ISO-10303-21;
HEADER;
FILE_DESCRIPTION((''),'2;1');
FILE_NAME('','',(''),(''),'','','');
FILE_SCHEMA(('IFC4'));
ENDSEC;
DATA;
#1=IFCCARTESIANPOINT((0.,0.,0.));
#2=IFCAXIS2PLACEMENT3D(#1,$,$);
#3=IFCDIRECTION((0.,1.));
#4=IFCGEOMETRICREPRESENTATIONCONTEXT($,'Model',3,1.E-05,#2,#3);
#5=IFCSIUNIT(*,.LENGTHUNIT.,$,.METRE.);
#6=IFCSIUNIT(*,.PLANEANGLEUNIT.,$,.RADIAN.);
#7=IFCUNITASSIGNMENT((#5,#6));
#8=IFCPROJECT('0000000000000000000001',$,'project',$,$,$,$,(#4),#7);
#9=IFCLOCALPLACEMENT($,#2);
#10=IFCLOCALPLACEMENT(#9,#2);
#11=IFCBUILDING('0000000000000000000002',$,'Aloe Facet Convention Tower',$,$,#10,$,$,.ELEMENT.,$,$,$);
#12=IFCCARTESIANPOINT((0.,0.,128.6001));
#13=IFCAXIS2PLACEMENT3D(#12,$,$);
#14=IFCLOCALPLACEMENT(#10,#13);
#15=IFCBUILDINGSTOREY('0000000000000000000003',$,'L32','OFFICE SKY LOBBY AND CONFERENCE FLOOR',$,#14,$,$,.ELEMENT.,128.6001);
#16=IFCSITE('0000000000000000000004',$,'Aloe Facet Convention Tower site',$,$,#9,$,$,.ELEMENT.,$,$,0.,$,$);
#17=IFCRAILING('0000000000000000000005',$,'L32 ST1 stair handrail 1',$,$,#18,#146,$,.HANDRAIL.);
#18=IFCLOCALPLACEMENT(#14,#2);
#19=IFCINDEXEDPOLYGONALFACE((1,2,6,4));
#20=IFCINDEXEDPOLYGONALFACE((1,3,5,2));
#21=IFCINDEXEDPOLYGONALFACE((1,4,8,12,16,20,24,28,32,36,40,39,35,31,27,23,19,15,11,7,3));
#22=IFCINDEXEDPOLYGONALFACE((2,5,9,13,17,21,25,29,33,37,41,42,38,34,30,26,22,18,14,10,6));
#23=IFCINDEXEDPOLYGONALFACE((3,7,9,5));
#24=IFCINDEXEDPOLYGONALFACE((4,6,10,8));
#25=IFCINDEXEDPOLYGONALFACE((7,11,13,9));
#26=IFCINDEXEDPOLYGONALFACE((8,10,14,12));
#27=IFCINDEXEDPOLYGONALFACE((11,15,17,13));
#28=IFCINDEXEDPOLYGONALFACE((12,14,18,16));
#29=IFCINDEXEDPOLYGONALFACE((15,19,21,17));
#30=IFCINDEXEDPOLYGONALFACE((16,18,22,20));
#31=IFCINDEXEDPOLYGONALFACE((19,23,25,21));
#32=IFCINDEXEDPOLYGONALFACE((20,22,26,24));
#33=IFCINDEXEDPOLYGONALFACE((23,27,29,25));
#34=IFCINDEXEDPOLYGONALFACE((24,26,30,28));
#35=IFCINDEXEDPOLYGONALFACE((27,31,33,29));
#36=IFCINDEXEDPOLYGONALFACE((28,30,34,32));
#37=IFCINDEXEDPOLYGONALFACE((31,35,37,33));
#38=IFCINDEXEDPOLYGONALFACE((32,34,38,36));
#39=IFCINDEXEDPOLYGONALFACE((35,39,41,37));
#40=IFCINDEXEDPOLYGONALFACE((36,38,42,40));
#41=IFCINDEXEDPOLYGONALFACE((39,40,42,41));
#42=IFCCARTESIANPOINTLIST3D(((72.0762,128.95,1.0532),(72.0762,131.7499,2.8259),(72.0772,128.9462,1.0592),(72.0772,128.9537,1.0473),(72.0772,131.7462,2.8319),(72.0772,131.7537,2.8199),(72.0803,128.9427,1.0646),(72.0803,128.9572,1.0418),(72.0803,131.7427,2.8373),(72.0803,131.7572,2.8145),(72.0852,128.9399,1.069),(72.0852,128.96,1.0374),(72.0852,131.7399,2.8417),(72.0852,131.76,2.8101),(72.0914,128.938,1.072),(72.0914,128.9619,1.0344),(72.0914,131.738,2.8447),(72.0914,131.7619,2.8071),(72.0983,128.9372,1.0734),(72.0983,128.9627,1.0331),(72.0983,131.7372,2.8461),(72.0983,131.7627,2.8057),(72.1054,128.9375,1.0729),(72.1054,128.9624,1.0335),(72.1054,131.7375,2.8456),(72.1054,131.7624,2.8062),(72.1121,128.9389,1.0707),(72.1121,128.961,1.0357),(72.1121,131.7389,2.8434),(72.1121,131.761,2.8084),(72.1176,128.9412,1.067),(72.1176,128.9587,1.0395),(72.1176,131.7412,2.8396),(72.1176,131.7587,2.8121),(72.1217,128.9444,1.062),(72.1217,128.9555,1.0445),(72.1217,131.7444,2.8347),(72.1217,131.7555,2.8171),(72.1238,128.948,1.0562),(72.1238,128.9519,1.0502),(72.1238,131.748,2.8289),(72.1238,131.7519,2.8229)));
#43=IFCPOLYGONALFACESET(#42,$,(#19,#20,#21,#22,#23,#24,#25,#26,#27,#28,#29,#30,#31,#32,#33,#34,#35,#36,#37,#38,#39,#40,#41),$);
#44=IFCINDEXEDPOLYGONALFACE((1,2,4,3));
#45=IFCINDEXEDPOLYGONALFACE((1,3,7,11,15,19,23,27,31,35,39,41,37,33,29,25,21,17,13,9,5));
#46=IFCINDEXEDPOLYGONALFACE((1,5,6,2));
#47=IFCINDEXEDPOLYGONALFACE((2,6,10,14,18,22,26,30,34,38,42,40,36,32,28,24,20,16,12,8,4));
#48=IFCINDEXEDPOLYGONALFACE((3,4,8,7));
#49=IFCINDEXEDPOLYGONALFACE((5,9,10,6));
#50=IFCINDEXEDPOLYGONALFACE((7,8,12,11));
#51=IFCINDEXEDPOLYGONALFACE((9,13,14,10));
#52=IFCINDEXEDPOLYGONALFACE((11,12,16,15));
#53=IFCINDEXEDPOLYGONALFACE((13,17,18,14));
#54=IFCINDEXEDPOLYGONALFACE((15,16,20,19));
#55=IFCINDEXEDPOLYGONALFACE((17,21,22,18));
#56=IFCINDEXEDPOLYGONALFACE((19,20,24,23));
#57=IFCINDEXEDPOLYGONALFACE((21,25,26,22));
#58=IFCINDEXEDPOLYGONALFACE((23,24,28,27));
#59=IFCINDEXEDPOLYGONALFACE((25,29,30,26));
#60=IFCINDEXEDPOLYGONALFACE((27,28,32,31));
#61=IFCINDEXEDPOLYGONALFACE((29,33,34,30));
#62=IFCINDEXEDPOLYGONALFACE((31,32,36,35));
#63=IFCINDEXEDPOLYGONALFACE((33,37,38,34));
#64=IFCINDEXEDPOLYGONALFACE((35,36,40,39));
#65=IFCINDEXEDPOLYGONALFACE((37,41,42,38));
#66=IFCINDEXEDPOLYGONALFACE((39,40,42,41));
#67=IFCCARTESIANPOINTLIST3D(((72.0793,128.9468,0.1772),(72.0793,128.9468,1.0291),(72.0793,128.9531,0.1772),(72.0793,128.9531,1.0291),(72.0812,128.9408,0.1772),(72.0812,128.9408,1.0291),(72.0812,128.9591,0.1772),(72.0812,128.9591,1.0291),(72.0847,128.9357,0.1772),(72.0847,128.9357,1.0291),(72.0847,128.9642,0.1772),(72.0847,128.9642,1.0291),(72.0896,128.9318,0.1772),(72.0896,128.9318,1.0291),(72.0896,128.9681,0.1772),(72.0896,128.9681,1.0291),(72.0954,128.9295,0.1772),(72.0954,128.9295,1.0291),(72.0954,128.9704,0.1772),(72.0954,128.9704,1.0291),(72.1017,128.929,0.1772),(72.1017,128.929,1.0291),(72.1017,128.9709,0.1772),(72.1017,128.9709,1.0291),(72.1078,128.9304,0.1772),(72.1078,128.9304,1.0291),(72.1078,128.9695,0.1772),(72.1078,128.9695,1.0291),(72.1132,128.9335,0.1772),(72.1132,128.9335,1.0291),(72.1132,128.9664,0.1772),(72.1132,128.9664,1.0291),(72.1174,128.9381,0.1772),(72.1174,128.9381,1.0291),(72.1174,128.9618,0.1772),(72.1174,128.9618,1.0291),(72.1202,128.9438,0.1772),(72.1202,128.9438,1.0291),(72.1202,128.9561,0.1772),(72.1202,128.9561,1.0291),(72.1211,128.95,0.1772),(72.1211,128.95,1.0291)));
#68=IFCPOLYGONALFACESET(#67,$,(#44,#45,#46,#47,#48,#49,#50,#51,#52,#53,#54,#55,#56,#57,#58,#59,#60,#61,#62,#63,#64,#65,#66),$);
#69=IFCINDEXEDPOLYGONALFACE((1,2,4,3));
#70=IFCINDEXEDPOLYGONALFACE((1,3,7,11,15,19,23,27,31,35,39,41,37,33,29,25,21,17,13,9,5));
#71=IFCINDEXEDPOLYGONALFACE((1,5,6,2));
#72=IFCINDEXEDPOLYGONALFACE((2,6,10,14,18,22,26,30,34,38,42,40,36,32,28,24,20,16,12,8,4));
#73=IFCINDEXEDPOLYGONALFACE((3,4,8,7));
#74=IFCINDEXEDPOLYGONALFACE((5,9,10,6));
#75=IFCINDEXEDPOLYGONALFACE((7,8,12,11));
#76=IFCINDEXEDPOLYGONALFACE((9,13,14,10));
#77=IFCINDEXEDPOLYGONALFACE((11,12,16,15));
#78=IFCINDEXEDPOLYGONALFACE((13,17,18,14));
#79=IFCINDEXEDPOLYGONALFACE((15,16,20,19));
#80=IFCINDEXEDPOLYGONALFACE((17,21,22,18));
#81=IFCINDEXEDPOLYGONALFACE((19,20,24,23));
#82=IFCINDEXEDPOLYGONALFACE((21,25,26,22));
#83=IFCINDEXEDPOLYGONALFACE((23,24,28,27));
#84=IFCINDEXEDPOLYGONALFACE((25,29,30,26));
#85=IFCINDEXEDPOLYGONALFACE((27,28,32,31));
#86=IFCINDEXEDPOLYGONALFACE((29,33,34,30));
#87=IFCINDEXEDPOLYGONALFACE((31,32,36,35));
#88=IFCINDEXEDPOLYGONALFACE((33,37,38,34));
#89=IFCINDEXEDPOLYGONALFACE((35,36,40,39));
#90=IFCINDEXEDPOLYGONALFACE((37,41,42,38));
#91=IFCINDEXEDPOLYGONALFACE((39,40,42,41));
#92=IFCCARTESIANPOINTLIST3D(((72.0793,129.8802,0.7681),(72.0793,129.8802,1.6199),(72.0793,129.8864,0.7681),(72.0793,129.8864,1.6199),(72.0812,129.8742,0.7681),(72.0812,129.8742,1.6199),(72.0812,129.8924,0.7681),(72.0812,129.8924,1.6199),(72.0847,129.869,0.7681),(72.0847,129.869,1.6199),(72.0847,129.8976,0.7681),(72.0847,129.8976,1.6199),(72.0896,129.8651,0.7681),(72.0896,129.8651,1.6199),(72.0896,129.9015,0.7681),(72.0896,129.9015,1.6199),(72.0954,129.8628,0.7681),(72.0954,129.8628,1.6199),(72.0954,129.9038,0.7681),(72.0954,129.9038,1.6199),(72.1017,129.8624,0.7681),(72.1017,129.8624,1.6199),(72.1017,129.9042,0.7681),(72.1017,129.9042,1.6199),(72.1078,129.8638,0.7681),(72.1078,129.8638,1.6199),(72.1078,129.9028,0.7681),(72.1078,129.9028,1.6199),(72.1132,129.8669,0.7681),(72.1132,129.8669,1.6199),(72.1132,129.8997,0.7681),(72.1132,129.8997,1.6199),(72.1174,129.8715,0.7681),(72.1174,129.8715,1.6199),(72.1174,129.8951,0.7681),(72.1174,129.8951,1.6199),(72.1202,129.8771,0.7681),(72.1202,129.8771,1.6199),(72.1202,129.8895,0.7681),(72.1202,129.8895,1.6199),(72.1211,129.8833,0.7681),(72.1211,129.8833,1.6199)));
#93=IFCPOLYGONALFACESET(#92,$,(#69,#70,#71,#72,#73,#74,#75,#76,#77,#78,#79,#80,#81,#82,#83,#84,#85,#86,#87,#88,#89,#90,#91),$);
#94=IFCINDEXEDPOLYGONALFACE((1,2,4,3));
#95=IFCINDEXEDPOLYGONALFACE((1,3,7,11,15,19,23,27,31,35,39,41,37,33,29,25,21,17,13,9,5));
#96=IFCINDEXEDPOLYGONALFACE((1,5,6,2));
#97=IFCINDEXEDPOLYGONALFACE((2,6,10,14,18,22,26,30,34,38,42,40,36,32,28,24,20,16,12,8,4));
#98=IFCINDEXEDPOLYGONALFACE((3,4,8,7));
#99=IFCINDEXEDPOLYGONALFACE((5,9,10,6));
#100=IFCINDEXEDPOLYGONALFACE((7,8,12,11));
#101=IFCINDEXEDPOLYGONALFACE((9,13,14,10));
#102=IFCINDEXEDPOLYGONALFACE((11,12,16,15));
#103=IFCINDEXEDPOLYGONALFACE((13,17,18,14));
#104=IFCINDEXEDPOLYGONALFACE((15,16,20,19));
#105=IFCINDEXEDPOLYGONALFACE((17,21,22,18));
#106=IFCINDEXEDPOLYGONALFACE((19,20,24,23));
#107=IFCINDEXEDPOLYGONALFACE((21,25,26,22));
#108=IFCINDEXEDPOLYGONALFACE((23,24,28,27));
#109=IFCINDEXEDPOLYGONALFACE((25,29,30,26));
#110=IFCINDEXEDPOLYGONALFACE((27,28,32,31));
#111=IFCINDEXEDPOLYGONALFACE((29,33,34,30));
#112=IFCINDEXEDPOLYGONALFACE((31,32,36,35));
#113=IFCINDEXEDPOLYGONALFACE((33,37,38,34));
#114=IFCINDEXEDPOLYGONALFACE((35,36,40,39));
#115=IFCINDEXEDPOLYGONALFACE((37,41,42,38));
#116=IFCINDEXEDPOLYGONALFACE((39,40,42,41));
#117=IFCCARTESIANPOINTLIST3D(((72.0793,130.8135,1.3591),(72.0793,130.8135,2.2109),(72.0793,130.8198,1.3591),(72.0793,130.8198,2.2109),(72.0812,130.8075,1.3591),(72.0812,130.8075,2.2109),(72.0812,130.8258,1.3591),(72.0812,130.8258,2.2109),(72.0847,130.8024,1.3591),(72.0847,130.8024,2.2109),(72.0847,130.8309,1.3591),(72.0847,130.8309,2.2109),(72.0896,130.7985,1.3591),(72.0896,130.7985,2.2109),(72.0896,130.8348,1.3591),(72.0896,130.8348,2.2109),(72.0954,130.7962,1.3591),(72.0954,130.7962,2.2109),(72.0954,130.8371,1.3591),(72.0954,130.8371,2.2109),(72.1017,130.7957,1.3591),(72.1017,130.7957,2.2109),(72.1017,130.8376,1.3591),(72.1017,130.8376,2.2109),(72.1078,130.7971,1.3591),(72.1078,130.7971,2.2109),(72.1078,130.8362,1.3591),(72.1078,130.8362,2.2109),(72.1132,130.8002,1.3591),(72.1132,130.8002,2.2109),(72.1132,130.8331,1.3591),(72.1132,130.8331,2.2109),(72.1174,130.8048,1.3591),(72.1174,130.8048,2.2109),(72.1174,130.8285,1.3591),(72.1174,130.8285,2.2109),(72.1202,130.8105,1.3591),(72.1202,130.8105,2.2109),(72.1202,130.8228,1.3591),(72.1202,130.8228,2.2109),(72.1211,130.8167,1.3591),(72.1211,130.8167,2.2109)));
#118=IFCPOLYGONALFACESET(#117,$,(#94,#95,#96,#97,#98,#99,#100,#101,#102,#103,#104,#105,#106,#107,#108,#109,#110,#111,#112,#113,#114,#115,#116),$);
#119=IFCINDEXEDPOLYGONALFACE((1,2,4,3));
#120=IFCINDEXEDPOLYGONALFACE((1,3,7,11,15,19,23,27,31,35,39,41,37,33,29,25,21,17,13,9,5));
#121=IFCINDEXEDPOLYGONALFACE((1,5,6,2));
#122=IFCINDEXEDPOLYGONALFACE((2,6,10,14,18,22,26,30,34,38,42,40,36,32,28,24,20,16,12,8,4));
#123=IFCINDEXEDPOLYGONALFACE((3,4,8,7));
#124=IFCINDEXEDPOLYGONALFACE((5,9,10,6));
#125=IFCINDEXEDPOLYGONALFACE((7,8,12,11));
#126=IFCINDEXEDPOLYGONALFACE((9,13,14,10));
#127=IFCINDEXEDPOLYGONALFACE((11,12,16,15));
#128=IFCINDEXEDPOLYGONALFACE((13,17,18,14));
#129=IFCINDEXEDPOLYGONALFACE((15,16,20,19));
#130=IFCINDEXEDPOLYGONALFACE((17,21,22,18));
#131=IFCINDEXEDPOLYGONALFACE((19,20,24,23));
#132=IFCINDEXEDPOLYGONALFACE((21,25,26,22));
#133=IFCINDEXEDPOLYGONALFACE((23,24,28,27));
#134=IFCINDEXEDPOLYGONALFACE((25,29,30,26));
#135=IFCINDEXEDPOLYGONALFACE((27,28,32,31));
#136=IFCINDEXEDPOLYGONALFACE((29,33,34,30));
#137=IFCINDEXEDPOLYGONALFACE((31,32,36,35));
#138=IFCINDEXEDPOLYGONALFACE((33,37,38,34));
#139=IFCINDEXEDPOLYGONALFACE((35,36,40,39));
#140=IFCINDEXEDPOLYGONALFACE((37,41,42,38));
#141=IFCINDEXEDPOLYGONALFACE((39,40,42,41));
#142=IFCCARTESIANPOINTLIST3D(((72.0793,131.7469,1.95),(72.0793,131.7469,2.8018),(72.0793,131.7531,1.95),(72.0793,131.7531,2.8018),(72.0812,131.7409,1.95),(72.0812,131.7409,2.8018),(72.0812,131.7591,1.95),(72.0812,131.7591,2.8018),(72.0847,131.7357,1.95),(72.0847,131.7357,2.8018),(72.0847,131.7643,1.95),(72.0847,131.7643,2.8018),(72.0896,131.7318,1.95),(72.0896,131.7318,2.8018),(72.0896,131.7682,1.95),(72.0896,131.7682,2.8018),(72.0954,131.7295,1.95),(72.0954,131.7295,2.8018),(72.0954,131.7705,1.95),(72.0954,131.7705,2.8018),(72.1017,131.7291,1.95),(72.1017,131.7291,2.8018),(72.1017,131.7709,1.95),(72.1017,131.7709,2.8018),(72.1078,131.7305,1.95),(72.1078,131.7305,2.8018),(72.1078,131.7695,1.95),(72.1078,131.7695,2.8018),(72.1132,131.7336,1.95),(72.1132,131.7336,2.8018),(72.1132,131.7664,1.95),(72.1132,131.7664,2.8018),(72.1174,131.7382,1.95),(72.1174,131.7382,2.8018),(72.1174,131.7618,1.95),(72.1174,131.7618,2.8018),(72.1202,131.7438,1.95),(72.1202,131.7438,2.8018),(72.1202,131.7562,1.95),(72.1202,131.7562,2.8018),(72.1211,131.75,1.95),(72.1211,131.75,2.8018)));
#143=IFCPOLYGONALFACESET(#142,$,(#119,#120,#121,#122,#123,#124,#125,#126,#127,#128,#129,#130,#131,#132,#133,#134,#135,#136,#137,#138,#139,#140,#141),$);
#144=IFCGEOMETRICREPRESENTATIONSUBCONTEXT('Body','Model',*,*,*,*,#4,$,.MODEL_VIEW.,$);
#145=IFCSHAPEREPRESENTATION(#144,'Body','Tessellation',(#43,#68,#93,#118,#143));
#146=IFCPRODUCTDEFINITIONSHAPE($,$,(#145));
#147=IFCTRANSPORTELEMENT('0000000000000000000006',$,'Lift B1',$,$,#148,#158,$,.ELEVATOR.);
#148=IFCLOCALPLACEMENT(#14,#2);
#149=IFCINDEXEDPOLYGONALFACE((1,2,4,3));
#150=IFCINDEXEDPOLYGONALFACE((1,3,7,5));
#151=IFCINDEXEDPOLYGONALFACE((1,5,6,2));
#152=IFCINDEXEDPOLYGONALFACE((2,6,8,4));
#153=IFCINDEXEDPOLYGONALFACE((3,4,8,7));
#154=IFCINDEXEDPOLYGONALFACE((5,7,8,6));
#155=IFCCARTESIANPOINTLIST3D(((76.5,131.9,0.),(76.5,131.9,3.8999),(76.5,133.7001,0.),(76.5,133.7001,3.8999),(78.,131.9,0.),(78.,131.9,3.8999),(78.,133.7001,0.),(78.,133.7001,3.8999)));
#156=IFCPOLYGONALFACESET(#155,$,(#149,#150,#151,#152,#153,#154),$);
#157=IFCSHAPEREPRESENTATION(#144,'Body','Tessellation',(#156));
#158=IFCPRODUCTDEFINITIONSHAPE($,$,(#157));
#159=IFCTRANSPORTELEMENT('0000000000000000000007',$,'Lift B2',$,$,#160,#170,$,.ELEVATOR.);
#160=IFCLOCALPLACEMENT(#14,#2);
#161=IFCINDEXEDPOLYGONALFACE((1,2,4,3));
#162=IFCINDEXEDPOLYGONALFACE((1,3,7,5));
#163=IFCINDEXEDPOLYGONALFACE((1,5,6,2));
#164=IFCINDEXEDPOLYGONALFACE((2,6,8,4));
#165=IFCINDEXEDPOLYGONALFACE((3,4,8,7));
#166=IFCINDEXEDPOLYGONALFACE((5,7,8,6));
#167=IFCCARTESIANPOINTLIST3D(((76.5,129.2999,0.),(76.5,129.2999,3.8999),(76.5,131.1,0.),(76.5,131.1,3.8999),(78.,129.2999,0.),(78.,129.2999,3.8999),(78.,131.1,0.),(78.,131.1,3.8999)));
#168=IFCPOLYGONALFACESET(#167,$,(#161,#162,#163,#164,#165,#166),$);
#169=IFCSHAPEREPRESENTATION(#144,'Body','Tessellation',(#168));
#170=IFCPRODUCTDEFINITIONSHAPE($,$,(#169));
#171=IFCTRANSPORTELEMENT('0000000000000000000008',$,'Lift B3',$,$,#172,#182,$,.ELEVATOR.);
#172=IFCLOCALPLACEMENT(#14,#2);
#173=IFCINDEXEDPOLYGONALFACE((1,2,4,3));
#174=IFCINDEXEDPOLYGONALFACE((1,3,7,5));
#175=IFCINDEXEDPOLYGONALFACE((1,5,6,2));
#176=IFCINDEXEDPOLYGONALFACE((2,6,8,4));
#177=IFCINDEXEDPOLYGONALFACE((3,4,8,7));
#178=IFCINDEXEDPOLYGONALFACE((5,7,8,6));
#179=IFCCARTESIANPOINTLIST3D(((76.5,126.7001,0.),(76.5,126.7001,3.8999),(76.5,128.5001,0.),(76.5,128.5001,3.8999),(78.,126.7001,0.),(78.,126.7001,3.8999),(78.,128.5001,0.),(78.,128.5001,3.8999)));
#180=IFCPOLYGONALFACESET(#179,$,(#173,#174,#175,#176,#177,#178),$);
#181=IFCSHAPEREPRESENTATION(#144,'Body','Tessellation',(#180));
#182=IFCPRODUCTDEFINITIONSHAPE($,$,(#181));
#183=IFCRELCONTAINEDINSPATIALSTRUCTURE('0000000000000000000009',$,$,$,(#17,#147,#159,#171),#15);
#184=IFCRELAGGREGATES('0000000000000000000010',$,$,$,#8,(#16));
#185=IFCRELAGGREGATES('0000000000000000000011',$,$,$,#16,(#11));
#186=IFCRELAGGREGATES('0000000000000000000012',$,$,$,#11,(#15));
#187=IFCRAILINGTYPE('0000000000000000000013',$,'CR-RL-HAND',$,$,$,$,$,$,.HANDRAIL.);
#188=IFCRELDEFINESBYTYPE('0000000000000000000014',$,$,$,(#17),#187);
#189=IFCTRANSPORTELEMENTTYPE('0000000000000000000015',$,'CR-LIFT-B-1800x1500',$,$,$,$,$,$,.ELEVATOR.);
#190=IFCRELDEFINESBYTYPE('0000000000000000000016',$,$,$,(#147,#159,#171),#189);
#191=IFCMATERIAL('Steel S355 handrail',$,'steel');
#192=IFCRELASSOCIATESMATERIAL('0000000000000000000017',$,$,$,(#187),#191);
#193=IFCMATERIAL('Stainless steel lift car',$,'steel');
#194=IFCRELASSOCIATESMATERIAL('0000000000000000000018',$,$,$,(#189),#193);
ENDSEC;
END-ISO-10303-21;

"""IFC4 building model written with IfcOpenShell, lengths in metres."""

from ifc_helpers import new_model, si_unit, direction, frame, origin, origin_2d, place, context, subcontext, project, spatial, rectangle, circle, extrude, material, type_object, element, save


model = new_model("IFC4")

# Units and contexts
model_context = context("Model", 3, precision=1e-05, world=origin(), true_north=direction((0.0, 1.0)))
body_context = subcontext(model_context, "Body", "Model", "MODEL_VIEW")
ifc_project = project(units=[si_unit("LENGTHUNIT", "METRE"), si_unit("PLANEANGLEUNIT", "RADIAN")], contexts=[model_context])

# Site, building, storey
site_placement = place(None, origin())
site = spatial("IfcSite", under=ifc_project, at=site_placement, Name="Aloe Facet Convention Tower site", CompositionType="ELEMENT", RefElevation=0.0)
building_placement = place(site_placement, origin())
building = spatial("IfcBuilding", under=site, at=building_placement, Name="Aloe Facet Convention Tower", CompositionType="ELEMENT")
storey_placement = place(building_placement, frame((0.0, 0.0, 128.6001)))
storey = spatial("IfcBuildingStorey", under=building, at=storey_placement, Name="L32", Description="OFFICE SKY LOBBY AND CONFERENCE FLOOR", CompositionType="ELEMENT", Elevation=128.6001)

# Railing
ifc_material_1 = material(Name="Steel S355 handrail", Category="steel")
railing_type_1 = type_object("IfcRailingType", Name="CR-RL-HAND", PredefinedType="HANDRAIL", material=ifc_material_1)
railing_1_placement = place(storey_placement, frame((72.1001, 128.95, 0.1772)))
element("IfcRailing", 1, at=railing_1_placement, inside=storey, type_object=railing_type_1, Name="L32 ST1 stair handrail 1", PredefinedType="HANDRAIL", context=body_context, shape_type="SweptSolid", body=[
    extrude(circle(Radius=0.0239, at=origin_2d()), frame((0.0, 0.0, 0.876), z_axis=(0.0, 0.844909, 0.53491), x_axis=(-1.0, 0.0, 0.0)), (0.0, 0.0, 1.0), 3.314),
    extrude(circle(Radius=0.021, at=origin_2d()), origin(), (0.0, 0.0, 1.0), 0.8518),
    extrude(circle(Radius=0.021, at=origin_2d()), frame((0.0, 0.9333, 0.5908)), (0.0, 0.0, 1.0), 0.8518),
    extrude(circle(Radius=0.021, at=origin_2d()), frame((0.0, 1.8667, 1.1819)), (0.0, 0.0, 1.0), 0.8518),
    extrude(circle(Radius=0.021, at=origin_2d()), frame((0.0, 2.8, 1.7727)), (0.0, 0.0, 1.0), 0.8518),
])

# Transport elements
ifc_material_2 = material(Name="Stainless steel lift car", Category="steel")
transport_element_type = type_object("IfcTransportElementType", Name="CR-LIFT-B-1800x1500", PredefinedType="ELEVATOR", material=ifc_material_2)
for number, where, z_axis, x_axis, name in (
    (2, (77.25, 132.8, 0.0), (0.0, 0.0, 1.0), (1.0, 0.0, 0.0), "Lift B1"),
    (3, (77.25, 130.2, 0.0), (0.0, 0.0, 1.0), (1.0, 0.0, 0.0), "Lift B2"),
    (4, (77.25, 127.6001, 0.0), (0.0, 0.0, 1.0), (1.0, 0.0, 0.0), "Lift B3"),
):
    element("IfcTransportElement", number, at=place(storey_placement, frame(where, z_axis=z_axis, x_axis=x_axis)), inside=storey, type_object=transport_element_type, Name=name, PredefinedType="ELEVATOR", context=body_context, shape_type="SweptSolid", body=[
        extrude(rectangle(XDim=1.5, YDim=1.8, at=origin_2d()), origin(), (0.0, 0.0, 1.0), 3.8999),
    ])

save(model, "model.ifc")
